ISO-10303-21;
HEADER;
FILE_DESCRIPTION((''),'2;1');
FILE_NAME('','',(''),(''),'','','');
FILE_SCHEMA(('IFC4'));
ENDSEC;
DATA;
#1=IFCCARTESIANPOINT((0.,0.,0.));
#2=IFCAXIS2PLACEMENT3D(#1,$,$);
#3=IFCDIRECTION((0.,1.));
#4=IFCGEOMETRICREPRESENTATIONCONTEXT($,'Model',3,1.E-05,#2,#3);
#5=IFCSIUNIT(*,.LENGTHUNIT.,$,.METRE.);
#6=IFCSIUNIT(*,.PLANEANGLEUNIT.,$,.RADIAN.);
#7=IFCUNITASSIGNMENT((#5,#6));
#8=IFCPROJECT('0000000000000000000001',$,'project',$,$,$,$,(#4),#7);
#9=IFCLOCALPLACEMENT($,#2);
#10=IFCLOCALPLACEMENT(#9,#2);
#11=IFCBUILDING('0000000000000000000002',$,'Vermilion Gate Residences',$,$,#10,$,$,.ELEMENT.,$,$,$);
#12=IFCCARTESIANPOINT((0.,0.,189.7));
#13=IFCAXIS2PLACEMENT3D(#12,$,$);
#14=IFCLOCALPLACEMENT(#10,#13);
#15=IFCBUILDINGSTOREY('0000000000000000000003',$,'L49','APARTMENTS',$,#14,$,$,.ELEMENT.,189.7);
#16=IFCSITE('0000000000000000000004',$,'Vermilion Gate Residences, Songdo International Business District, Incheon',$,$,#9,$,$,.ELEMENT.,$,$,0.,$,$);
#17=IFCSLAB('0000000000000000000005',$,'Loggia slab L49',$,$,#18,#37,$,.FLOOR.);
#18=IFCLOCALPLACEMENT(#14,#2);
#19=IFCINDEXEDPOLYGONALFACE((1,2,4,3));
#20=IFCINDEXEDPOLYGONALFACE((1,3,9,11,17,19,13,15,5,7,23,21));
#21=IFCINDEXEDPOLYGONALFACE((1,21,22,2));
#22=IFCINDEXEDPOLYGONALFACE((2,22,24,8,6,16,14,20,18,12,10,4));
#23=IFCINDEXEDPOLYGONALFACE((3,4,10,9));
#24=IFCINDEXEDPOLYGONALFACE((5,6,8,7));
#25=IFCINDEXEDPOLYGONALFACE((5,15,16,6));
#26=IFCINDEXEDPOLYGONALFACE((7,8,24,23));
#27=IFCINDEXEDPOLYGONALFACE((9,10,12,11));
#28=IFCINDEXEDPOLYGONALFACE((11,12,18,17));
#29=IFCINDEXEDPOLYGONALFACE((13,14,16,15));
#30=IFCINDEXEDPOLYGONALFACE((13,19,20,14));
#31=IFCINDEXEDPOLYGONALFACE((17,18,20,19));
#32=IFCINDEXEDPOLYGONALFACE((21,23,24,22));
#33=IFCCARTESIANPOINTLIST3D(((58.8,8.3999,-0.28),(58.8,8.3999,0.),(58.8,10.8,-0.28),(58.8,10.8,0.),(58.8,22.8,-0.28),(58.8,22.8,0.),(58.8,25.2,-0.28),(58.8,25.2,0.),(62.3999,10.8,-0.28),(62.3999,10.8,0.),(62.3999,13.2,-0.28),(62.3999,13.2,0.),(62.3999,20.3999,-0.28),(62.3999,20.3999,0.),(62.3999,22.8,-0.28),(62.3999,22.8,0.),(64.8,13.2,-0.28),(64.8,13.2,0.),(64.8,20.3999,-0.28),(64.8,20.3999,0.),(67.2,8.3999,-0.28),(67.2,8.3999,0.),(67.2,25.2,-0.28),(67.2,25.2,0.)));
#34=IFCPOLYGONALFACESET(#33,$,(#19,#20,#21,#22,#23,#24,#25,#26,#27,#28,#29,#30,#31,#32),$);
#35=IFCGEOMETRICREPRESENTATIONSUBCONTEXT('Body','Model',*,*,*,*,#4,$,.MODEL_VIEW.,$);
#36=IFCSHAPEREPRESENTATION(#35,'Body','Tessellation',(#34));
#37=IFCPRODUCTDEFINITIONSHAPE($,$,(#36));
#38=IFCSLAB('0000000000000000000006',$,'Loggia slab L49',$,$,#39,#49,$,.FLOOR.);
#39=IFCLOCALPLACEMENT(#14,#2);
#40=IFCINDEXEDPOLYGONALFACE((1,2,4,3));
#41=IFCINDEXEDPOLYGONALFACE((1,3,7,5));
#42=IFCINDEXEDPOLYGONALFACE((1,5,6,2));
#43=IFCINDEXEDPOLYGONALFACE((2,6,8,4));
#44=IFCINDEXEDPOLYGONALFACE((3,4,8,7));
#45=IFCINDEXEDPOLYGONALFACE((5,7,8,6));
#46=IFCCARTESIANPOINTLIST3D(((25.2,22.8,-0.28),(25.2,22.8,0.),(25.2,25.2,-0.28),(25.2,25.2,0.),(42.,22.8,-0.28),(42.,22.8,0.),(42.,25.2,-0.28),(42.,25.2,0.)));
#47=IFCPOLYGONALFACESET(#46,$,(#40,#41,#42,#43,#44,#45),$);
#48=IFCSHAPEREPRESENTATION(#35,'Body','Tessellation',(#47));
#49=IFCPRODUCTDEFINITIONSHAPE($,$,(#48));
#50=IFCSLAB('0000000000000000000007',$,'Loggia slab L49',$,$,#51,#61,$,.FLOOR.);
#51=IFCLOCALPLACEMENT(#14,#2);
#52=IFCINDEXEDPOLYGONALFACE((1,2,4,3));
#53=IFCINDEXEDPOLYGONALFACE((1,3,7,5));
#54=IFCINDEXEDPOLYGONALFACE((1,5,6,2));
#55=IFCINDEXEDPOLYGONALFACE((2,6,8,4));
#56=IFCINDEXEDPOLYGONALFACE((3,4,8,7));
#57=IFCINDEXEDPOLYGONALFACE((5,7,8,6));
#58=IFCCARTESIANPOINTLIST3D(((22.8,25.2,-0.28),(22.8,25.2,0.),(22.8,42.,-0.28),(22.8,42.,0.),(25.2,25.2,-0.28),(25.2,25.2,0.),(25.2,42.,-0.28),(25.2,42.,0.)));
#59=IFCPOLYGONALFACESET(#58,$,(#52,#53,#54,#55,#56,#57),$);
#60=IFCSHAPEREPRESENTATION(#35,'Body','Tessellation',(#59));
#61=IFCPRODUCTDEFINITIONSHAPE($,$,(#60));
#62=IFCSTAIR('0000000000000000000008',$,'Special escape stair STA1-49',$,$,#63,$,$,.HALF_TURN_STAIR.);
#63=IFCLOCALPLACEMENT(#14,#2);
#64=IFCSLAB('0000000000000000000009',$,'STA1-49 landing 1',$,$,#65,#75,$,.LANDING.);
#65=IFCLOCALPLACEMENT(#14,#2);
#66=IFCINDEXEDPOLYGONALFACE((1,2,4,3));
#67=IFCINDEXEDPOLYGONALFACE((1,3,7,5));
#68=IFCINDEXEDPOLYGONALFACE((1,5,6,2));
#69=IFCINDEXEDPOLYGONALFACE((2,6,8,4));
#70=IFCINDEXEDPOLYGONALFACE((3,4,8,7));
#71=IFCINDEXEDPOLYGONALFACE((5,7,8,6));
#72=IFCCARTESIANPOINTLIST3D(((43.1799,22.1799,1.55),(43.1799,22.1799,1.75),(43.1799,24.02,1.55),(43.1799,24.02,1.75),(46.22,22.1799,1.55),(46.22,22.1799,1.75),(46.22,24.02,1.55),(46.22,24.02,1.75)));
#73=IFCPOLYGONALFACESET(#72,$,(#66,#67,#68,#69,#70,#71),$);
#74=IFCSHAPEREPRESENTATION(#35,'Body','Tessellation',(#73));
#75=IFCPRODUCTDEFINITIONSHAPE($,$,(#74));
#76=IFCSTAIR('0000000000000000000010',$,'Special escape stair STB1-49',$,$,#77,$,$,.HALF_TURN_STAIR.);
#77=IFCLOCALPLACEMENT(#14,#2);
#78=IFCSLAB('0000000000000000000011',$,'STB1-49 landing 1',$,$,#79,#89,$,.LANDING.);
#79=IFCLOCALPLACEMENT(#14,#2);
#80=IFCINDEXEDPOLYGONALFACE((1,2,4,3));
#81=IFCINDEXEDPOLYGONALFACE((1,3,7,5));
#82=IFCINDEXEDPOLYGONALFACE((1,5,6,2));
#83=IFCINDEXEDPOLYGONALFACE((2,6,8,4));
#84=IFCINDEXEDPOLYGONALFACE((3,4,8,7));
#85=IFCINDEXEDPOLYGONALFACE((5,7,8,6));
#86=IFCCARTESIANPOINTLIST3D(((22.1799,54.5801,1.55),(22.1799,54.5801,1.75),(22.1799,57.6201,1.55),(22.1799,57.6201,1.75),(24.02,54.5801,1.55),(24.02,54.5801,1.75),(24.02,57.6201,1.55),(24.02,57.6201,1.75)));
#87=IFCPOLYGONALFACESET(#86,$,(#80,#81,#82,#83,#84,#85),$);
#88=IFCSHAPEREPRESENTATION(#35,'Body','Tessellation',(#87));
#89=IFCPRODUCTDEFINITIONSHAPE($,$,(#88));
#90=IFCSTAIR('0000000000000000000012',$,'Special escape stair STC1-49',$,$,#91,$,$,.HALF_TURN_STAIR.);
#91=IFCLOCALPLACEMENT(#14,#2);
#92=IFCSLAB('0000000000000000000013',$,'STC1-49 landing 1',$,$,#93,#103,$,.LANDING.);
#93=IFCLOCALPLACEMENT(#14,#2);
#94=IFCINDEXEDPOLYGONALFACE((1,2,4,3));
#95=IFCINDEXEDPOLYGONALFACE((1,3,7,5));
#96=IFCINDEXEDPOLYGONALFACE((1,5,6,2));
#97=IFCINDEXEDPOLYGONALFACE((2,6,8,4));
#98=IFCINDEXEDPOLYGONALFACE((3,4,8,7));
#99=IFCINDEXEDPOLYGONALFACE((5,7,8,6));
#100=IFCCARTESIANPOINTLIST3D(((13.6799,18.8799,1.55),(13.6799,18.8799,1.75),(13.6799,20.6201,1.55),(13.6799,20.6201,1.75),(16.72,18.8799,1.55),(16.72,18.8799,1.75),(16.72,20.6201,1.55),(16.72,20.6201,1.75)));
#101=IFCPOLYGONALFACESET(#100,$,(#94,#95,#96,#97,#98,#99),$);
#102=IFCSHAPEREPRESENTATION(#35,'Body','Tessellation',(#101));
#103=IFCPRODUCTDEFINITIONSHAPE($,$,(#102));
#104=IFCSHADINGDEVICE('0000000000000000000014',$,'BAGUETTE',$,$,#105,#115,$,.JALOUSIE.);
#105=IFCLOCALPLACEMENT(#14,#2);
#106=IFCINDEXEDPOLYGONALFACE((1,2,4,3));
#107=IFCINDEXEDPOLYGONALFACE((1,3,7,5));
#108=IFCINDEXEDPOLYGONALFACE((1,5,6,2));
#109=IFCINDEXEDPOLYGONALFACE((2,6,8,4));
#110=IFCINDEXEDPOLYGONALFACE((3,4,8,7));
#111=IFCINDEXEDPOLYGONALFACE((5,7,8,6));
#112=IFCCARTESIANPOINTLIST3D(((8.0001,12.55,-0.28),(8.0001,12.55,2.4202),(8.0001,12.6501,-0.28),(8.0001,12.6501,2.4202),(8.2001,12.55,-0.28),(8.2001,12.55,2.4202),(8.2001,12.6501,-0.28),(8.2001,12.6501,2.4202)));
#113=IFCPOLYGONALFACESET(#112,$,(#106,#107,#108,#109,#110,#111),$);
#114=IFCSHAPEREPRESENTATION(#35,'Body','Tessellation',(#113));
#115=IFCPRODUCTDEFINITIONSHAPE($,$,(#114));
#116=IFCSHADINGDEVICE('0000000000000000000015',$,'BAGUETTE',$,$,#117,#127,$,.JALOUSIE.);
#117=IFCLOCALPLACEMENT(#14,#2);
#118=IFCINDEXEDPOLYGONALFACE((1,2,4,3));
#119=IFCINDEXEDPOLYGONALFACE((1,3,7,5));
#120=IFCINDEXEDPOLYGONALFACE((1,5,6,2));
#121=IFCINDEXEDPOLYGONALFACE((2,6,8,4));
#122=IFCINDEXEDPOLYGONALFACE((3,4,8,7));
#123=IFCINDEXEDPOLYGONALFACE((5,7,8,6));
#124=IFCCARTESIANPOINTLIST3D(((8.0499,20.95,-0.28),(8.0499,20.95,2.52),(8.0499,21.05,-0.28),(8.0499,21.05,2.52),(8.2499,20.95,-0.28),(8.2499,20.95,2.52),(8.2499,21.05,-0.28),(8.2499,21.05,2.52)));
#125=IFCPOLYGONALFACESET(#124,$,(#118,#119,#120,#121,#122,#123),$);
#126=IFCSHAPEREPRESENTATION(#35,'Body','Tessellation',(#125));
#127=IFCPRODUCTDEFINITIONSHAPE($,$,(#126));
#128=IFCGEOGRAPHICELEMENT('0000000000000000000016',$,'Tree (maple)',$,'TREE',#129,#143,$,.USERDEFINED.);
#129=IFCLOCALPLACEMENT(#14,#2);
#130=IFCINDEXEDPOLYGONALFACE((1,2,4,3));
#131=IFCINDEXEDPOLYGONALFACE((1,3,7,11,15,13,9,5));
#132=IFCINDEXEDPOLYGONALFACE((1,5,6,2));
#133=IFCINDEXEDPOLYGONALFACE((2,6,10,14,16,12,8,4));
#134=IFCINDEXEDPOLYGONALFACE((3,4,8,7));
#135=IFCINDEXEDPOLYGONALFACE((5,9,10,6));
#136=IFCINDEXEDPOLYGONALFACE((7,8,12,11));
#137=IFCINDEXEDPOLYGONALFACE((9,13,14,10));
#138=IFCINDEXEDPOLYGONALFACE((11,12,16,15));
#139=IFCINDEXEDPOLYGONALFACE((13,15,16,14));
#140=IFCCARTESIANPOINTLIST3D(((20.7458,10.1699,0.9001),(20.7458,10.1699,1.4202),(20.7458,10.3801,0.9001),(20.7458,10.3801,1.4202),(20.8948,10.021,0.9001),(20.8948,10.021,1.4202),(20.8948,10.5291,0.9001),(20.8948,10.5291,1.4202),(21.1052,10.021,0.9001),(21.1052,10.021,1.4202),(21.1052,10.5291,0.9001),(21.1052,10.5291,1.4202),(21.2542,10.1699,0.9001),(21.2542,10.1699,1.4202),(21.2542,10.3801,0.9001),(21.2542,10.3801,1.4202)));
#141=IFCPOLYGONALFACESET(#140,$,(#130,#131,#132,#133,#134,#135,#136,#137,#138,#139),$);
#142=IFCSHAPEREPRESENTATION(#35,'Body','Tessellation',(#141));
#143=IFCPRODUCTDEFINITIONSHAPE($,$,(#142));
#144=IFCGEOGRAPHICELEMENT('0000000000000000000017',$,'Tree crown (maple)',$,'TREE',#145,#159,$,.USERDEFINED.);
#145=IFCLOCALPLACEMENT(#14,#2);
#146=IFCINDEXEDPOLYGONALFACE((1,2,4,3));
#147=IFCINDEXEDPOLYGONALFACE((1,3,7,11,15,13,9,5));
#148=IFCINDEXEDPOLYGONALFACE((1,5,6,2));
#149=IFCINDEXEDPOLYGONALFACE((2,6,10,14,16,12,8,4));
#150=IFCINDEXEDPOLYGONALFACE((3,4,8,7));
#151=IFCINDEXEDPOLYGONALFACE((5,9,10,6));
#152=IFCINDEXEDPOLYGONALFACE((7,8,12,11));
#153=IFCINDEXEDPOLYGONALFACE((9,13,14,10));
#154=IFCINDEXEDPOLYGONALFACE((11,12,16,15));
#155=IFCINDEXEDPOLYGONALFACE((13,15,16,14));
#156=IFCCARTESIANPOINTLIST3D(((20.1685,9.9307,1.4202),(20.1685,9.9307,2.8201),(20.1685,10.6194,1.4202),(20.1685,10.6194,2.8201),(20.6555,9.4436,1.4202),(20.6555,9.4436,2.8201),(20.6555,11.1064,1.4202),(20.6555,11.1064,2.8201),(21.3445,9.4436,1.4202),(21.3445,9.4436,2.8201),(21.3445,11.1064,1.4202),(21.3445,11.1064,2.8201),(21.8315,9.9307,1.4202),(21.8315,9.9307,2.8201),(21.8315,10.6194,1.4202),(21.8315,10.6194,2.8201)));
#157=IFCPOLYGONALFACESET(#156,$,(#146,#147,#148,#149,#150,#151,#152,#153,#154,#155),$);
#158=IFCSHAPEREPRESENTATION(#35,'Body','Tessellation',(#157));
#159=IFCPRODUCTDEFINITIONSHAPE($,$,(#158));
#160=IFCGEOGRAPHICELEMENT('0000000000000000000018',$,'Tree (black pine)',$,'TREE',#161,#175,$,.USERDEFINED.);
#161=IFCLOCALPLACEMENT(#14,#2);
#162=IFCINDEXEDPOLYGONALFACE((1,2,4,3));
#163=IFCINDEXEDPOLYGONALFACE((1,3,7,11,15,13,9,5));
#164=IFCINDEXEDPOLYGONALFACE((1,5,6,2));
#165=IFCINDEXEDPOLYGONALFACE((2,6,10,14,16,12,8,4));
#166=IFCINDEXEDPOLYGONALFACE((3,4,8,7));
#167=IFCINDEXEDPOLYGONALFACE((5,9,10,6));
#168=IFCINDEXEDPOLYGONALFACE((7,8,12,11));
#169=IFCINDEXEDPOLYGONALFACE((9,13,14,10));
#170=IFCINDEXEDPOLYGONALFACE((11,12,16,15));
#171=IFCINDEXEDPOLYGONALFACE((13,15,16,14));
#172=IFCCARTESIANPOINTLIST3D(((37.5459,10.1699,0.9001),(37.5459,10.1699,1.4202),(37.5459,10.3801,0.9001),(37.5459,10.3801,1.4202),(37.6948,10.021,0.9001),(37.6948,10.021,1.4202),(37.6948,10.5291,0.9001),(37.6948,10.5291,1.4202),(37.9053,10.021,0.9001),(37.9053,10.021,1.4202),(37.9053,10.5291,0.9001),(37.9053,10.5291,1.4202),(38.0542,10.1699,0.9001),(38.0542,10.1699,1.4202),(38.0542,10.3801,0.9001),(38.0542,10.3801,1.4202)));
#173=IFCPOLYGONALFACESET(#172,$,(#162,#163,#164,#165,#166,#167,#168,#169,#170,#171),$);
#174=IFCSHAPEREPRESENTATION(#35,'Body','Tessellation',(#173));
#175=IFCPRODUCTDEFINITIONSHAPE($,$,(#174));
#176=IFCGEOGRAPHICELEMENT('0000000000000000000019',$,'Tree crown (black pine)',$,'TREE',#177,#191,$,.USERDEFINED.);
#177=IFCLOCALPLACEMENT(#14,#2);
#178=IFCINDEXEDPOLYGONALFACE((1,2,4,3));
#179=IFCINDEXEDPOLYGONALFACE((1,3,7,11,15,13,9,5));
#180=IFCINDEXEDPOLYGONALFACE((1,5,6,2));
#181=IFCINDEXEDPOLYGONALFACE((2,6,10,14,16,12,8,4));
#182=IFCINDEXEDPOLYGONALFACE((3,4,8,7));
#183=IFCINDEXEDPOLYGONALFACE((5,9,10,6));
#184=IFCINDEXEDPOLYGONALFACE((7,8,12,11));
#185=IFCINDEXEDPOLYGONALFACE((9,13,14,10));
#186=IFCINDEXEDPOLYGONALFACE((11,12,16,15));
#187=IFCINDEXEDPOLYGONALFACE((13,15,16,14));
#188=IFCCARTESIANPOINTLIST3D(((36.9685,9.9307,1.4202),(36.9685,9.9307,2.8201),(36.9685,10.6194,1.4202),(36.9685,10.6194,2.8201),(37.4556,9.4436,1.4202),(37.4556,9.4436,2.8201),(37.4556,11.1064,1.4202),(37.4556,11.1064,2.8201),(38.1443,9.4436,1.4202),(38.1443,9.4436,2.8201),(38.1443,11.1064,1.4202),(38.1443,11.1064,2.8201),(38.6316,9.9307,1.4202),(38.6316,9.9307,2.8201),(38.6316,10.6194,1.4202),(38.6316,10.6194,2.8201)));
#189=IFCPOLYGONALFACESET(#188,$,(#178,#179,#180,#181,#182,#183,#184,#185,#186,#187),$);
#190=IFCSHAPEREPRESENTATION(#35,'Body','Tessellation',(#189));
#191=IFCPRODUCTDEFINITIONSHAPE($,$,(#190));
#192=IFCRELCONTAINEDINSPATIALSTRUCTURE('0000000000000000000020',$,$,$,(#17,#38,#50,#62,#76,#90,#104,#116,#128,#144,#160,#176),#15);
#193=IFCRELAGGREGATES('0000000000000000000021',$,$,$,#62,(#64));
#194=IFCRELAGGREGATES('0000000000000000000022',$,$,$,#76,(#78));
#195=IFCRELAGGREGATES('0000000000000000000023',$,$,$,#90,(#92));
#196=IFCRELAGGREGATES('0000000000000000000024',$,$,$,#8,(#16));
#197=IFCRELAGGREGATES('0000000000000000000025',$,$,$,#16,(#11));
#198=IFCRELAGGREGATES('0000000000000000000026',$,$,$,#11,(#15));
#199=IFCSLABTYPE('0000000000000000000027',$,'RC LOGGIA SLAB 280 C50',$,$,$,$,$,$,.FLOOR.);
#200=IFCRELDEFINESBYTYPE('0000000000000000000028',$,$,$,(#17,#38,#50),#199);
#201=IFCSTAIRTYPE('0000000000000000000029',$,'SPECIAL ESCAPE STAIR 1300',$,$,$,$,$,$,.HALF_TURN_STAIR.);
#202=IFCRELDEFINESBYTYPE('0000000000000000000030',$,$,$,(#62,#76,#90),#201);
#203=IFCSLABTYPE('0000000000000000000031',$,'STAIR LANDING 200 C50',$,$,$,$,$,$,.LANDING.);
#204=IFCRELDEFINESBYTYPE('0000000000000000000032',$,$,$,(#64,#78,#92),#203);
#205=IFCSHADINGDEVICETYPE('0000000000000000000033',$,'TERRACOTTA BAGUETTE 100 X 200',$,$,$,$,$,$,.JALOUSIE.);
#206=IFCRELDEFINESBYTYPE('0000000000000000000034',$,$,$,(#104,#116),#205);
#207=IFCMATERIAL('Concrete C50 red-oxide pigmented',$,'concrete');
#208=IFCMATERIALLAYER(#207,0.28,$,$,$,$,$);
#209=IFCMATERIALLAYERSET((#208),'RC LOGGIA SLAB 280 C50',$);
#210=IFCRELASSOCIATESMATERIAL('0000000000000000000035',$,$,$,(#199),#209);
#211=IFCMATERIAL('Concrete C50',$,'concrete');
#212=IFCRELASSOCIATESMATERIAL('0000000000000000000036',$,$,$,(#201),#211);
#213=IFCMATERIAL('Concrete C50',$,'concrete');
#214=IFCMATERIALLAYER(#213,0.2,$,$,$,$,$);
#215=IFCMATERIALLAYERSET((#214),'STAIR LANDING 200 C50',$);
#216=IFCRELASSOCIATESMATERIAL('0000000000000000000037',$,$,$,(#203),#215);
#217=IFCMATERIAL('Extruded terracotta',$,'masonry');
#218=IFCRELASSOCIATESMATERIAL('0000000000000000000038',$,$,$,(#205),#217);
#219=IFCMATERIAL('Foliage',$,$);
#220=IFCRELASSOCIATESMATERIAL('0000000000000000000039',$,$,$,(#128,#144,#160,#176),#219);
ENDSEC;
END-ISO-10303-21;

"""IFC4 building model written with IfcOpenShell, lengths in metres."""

from ifc_helpers import new_model, si_unit, direction, frame, origin, origin_2d, place, context, subcontext, project, spatial, polyline, rectangle, outline, extrude, material, layer, layer_set, material_profile, profile_set, type_object, element, aggregate, save


model = new_model("IFC4")

# Units and contexts
model_context = context("Model", 3, precision=1e-05, world=origin(), true_north=direction((0.0, 1.0)))
body_context = subcontext(model_context, "Body", "Model", "MODEL_VIEW")
ifc_project = project(units=[si_unit("LENGTHUNIT", "METRE"), si_unit("PLANEANGLEUNIT", "RADIAN")], contexts=[model_context])

# Site, building, storey
site_placement = place(None, origin())
site = spatial("IfcSite", under=ifc_project, at=site_placement, Name="Vermilion Gate Residences, Songdo International Business District, Incheon", CompositionType="ELEMENT", RefElevation=0.0)
building_placement = place(site_placement, origin())
building = spatial("IfcBuilding", under=site, at=building_placement, Name="Vermilion Gate Residences", CompositionType="ELEMENT")
storey_placement = place(building_placement, frame((0.0, 0.0, 189.7)))
storey = spatial("IfcBuildingStorey", under=building, at=storey_placement, Name="L49", Description="APARTMENTS", CompositionType="ELEMENT", Elevation=189.7)

# Slabs
ifc_material_1 = material(Name="Concrete C50 red-oxide pigmented", Category="concrete")
ifc_layer_1 = layer(ifc_material_1, 0.28)
ifc_layer_set_1 = layer_set([ifc_layer_1], Name="RC LOGGIA SLAB 280 C50")
slab_type_1 = type_object("IfcSlabType", Name="RC LOGGIA SLAB 280 C50", PredefinedType="FLOOR", material=ifc_layer_set_1)
slab_1_placement = place(storey_placement, frame((0.0, 0.0, -0.28)))
element("IfcSlab", 1, at=slab_1_placement, inside=storey, type_object=slab_type_1, Name="Loggia slab L49", PredefinedType="FLOOR", context=body_context, shape_type="SweptSolid", body=[
    extrude(outline(polyline([(64.8, 13.2), (62.3999, 13.2), (62.3999, 10.8), (58.8, 10.8), (58.8, 8.3999), (67.2, 8.3999), (67.2, 25.2), (58.8, 25.2), (58.8, 22.8), (62.3999, 22.8), (62.3999, 20.3999), (64.8, 20.3999), (64.8, 13.2)])), origin(), (0.0, 0.0, 1.0), 0.28),
])
slab_2_placement = place(storey_placement, frame((0.0, 0.0, -0.28)))
element("IfcSlab", 2, at=slab_2_placement, inside=storey, type_object=slab_type_1, Name="Loggia slab L49", PredefinedType="FLOOR", context=body_context, shape_type="SweptSolid", body=[
    extrude(outline(polyline([(42.0, 25.2), (25.2, 25.2), (25.2, 22.8), (42.0, 22.8), (42.0, 25.2)])), origin(), (0.0, 0.0, 1.0), 0.28),
])
slab_3_placement = place(storey_placement, frame((0.0, 0.0, -0.28)))
element("IfcSlab", 3, at=slab_3_placement, inside=storey, type_object=slab_type_1, Name="Loggia slab L49", PredefinedType="FLOOR", context=body_context, shape_type="SweptSolid", body=[
    extrude(outline(polyline([(22.8, 42.0), (22.8, 25.2), (25.2, 25.2), (25.2, 42.0), (22.8, 42.0)])), origin(), (0.0, 0.0, 1.0), 0.28),
])

# Stairs, slabs
ifc_material_2 = material(Name="Concrete C50", Category="concrete")
stair_type = type_object("IfcStairType", Name="SPECIAL ESCAPE STAIR 1300", PredefinedType="HALF_TURN_STAIR", material=ifc_material_2)
stair_1_placement = place(storey_placement, origin())
stair_1 = element("IfcStair", 4, at=stair_1_placement, inside=storey, type_object=stair_type, Name="Special escape stair STA1-49", PredefinedType="HALF_TURN_STAIR")
ifc_material_3 = material(Name="Concrete C50", Category="concrete")
ifc_layer_2 = layer(ifc_material_3, 0.2)
ifc_layer_set_2 = layer_set([ifc_layer_2], Name="STAIR LANDING 200 C50")
slab_type_2 = type_object("IfcSlabType", Name="STAIR LANDING 200 C50", PredefinedType="LANDING", material=ifc_layer_set_2)
slab_4_placement = place(storey_placement, frame((0.0, 0.0, 1.55)))
slab_4 = element("IfcSlab", 5, at=slab_4_placement, type_object=slab_type_2, Name="STA1-49 landing 1", PredefinedType="LANDING", context=body_context, shape_type="SweptSolid", body=[
    extrude(outline(polyline([(46.22, 22.1799), (46.22, 24.02), (43.1799, 24.02), (43.1799, 22.1799), (46.22, 22.1799)])), origin(), (0.0, 0.0, 1.0), 0.2),
])
aggregate(stair_1, [slab_4])
stair_2_placement = place(storey_placement, origin())
stair_2 = element("IfcStair", 6, at=stair_2_placement, inside=storey, type_object=stair_type, Name="Special escape stair STB1-49", PredefinedType="HALF_TURN_STAIR")
slab_5_placement = place(storey_placement, frame((0.0, 0.0, 1.55)))
slab_5 = element("IfcSlab", 7, at=slab_5_placement, type_object=slab_type_2, Name="STB1-49 landing 1", PredefinedType="LANDING", context=body_context, shape_type="SweptSolid", body=[
    extrude(outline(polyline([(24.02, 54.5801), (24.02, 57.6201), (22.1799, 57.6201), (22.1799, 54.5801), (24.02, 54.5801)])), origin(), (0.0, 0.0, 1.0), 0.2),
])
aggregate(stair_2, [slab_5])
stair_3_placement = place(storey_placement, origin())
stair_3 = element("IfcStair", 8, at=stair_3_placement, inside=storey, type_object=stair_type, Name="Special escape stair STC1-49", PredefinedType="HALF_TURN_STAIR")
slab_6_placement = place(storey_placement, frame((0.0, 0.0, 1.55)))
slab_6 = element("IfcSlab", 9, at=slab_6_placement, type_object=slab_type_2, Name="STC1-49 landing 1", PredefinedType="LANDING", context=body_context, shape_type="SweptSolid", body=[
    extrude(outline(polyline([(16.72, 18.8799), (16.72, 20.6201), (13.6799, 20.6201), (13.6799, 18.8799), (16.72, 18.8799)])), origin(), (0.0, 0.0, 1.0), 0.2),
])
aggregate(stair_3, [slab_6])

# Shading devices
ifc_material_4 = material(Name="Extruded terracotta", Category="masonry")
ifc_material_profile_1 = material_profile(ifc_material_4, rectangle(XDim=0.2, YDim=0.1001, at=origin_2d()), Name="BAGUETTE 100 X 200")
ifc_profile_set_1 = profile_set([ifc_material_profile_1], Name="Extruded terracotta")
shading_device_type = type_object("IfcShadingDeviceType", Name="TERRACOTTA BAGUETTE 100 X 200", PredefinedType="JALOUSIE", material=ifc_profile_set_1)
shading_device_1_placement = place(storey_placement, frame((8.1001, 12.6001, -0.28), z_axis=(0.0, 0.0, 1.0), x_axis=(1.0, 0.0, 0.0)))
element("IfcShadingDevice", 10, at=shading_device_1_placement, inside=storey, type_object=shading_device_type, Name="BAGUETTE", PredefinedType="JALOUSIE", context=body_context, shape_type="SweptSolid", body=[
    extrude(rectangle(XDim=0.2, YDim=0.1001, at=origin_2d()), origin(), (0.0, 0.0, 1.0), 2.7002),
])
shading_device_2_placement = place(storey_placement, frame((8.1499, 21.0, -0.28), z_axis=(0.0, 0.0, 1.0), x_axis=(1.0, 0.0, 0.0)))
element("IfcShadingDevice", 11, at=shading_device_2_placement, inside=storey, type_object=shading_device_type, Name="BAGUETTE", PredefinedType="JALOUSIE", context=body_context, shape_type="SweptSolid", body=[
    extrude(rectangle(XDim=0.2, YDim=0.1001, at=origin_2d()), origin(), (0.0, 0.0, 1.0), 2.8),
])

# Geographic elements
ifc_material_5 = material(Name="Foliage")
geographic_element_1_placement = place(storey_placement, frame((0.0, 0.0, 0.9001)))
element("IfcGeographicElement", 12, at=geographic_element_1_placement, inside=storey, material=ifc_material_5, Name="Tree (maple)", ObjectType="TREE", PredefinedType="USERDEFINED", context=body_context, shape_type="SweptSolid", body=[
    extrude(outline(polyline([(21.2542, 10.3801), (21.1052, 10.5291), (20.8948, 10.5291), (20.7458, 10.3801), (20.7458, 10.1699), (20.8948, 10.021), (21.1052, 10.021), (21.2542, 10.1699), (21.2542, 10.3801)])), origin(), (0.0, 0.0, 1.0), 0.52),
])
geographic_element_2_placement = place(storey_placement, frame((0.0, 0.0, 1.4202)))
element("IfcGeographicElement", 13, at=geographic_element_2_placement, inside=storey, material=ifc_material_5, Name="Tree crown (maple)", ObjectType="TREE", PredefinedType="USERDEFINED", context=body_context, shape_type="SweptSolid", body=[
    extrude(outline(polyline([(21.8315, 10.6194), (21.3445, 11.1064), (20.6555, 11.1064), (20.1685, 10.6194), (20.1685, 9.9307), (20.6555, 9.4436), (21.3445, 9.4436), (21.8315, 9.9307), (21.8315, 10.6194)])), origin(), (0.0, 0.0, 1.0), 1.3999),
])
geographic_element_3_placement = place(storey_placement, frame((0.0, 0.0, 0.9001)))
element("IfcGeographicElement", 14, at=geographic_element_3_placement, inside=storey, material=ifc_material_5, Name="Tree (black pine)", ObjectType="TREE", PredefinedType="USERDEFINED", context=body_context, shape_type="SweptSolid", body=[
    extrude(outline(polyline([(38.0542, 10.3801), (37.9053, 10.5291), (37.6948, 10.5291), (37.5459, 10.3801), (37.5459, 10.1699), (37.6948, 10.021), (37.9053, 10.021), (38.0542, 10.1699), (38.0542, 10.3801)])), origin(), (0.0, 0.0, 1.0), 0.52),
])
geographic_element_4_placement = place(storey_placement, frame((0.0, 0.0, 1.4202)))
element("IfcGeographicElement", 15, at=geographic_element_4_placement, inside=storey, material=ifc_material_5, Name="Tree crown (black pine)", ObjectType="TREE", PredefinedType="USERDEFINED", context=body_context, shape_type="SweptSolid", body=[
    extrude(outline(polyline([(38.6316, 10.6194), (38.1443, 11.1064), (37.4556, 11.1064), (36.9685, 10.6194), (36.9685, 9.9307), (37.4556, 9.4436), (38.1443, 9.4436), (38.6316, 9.9307), (38.6316, 10.6194)])), origin(), (0.0, 0.0, 1.0), 1.3999),
])

save(model, "model.ifc")
